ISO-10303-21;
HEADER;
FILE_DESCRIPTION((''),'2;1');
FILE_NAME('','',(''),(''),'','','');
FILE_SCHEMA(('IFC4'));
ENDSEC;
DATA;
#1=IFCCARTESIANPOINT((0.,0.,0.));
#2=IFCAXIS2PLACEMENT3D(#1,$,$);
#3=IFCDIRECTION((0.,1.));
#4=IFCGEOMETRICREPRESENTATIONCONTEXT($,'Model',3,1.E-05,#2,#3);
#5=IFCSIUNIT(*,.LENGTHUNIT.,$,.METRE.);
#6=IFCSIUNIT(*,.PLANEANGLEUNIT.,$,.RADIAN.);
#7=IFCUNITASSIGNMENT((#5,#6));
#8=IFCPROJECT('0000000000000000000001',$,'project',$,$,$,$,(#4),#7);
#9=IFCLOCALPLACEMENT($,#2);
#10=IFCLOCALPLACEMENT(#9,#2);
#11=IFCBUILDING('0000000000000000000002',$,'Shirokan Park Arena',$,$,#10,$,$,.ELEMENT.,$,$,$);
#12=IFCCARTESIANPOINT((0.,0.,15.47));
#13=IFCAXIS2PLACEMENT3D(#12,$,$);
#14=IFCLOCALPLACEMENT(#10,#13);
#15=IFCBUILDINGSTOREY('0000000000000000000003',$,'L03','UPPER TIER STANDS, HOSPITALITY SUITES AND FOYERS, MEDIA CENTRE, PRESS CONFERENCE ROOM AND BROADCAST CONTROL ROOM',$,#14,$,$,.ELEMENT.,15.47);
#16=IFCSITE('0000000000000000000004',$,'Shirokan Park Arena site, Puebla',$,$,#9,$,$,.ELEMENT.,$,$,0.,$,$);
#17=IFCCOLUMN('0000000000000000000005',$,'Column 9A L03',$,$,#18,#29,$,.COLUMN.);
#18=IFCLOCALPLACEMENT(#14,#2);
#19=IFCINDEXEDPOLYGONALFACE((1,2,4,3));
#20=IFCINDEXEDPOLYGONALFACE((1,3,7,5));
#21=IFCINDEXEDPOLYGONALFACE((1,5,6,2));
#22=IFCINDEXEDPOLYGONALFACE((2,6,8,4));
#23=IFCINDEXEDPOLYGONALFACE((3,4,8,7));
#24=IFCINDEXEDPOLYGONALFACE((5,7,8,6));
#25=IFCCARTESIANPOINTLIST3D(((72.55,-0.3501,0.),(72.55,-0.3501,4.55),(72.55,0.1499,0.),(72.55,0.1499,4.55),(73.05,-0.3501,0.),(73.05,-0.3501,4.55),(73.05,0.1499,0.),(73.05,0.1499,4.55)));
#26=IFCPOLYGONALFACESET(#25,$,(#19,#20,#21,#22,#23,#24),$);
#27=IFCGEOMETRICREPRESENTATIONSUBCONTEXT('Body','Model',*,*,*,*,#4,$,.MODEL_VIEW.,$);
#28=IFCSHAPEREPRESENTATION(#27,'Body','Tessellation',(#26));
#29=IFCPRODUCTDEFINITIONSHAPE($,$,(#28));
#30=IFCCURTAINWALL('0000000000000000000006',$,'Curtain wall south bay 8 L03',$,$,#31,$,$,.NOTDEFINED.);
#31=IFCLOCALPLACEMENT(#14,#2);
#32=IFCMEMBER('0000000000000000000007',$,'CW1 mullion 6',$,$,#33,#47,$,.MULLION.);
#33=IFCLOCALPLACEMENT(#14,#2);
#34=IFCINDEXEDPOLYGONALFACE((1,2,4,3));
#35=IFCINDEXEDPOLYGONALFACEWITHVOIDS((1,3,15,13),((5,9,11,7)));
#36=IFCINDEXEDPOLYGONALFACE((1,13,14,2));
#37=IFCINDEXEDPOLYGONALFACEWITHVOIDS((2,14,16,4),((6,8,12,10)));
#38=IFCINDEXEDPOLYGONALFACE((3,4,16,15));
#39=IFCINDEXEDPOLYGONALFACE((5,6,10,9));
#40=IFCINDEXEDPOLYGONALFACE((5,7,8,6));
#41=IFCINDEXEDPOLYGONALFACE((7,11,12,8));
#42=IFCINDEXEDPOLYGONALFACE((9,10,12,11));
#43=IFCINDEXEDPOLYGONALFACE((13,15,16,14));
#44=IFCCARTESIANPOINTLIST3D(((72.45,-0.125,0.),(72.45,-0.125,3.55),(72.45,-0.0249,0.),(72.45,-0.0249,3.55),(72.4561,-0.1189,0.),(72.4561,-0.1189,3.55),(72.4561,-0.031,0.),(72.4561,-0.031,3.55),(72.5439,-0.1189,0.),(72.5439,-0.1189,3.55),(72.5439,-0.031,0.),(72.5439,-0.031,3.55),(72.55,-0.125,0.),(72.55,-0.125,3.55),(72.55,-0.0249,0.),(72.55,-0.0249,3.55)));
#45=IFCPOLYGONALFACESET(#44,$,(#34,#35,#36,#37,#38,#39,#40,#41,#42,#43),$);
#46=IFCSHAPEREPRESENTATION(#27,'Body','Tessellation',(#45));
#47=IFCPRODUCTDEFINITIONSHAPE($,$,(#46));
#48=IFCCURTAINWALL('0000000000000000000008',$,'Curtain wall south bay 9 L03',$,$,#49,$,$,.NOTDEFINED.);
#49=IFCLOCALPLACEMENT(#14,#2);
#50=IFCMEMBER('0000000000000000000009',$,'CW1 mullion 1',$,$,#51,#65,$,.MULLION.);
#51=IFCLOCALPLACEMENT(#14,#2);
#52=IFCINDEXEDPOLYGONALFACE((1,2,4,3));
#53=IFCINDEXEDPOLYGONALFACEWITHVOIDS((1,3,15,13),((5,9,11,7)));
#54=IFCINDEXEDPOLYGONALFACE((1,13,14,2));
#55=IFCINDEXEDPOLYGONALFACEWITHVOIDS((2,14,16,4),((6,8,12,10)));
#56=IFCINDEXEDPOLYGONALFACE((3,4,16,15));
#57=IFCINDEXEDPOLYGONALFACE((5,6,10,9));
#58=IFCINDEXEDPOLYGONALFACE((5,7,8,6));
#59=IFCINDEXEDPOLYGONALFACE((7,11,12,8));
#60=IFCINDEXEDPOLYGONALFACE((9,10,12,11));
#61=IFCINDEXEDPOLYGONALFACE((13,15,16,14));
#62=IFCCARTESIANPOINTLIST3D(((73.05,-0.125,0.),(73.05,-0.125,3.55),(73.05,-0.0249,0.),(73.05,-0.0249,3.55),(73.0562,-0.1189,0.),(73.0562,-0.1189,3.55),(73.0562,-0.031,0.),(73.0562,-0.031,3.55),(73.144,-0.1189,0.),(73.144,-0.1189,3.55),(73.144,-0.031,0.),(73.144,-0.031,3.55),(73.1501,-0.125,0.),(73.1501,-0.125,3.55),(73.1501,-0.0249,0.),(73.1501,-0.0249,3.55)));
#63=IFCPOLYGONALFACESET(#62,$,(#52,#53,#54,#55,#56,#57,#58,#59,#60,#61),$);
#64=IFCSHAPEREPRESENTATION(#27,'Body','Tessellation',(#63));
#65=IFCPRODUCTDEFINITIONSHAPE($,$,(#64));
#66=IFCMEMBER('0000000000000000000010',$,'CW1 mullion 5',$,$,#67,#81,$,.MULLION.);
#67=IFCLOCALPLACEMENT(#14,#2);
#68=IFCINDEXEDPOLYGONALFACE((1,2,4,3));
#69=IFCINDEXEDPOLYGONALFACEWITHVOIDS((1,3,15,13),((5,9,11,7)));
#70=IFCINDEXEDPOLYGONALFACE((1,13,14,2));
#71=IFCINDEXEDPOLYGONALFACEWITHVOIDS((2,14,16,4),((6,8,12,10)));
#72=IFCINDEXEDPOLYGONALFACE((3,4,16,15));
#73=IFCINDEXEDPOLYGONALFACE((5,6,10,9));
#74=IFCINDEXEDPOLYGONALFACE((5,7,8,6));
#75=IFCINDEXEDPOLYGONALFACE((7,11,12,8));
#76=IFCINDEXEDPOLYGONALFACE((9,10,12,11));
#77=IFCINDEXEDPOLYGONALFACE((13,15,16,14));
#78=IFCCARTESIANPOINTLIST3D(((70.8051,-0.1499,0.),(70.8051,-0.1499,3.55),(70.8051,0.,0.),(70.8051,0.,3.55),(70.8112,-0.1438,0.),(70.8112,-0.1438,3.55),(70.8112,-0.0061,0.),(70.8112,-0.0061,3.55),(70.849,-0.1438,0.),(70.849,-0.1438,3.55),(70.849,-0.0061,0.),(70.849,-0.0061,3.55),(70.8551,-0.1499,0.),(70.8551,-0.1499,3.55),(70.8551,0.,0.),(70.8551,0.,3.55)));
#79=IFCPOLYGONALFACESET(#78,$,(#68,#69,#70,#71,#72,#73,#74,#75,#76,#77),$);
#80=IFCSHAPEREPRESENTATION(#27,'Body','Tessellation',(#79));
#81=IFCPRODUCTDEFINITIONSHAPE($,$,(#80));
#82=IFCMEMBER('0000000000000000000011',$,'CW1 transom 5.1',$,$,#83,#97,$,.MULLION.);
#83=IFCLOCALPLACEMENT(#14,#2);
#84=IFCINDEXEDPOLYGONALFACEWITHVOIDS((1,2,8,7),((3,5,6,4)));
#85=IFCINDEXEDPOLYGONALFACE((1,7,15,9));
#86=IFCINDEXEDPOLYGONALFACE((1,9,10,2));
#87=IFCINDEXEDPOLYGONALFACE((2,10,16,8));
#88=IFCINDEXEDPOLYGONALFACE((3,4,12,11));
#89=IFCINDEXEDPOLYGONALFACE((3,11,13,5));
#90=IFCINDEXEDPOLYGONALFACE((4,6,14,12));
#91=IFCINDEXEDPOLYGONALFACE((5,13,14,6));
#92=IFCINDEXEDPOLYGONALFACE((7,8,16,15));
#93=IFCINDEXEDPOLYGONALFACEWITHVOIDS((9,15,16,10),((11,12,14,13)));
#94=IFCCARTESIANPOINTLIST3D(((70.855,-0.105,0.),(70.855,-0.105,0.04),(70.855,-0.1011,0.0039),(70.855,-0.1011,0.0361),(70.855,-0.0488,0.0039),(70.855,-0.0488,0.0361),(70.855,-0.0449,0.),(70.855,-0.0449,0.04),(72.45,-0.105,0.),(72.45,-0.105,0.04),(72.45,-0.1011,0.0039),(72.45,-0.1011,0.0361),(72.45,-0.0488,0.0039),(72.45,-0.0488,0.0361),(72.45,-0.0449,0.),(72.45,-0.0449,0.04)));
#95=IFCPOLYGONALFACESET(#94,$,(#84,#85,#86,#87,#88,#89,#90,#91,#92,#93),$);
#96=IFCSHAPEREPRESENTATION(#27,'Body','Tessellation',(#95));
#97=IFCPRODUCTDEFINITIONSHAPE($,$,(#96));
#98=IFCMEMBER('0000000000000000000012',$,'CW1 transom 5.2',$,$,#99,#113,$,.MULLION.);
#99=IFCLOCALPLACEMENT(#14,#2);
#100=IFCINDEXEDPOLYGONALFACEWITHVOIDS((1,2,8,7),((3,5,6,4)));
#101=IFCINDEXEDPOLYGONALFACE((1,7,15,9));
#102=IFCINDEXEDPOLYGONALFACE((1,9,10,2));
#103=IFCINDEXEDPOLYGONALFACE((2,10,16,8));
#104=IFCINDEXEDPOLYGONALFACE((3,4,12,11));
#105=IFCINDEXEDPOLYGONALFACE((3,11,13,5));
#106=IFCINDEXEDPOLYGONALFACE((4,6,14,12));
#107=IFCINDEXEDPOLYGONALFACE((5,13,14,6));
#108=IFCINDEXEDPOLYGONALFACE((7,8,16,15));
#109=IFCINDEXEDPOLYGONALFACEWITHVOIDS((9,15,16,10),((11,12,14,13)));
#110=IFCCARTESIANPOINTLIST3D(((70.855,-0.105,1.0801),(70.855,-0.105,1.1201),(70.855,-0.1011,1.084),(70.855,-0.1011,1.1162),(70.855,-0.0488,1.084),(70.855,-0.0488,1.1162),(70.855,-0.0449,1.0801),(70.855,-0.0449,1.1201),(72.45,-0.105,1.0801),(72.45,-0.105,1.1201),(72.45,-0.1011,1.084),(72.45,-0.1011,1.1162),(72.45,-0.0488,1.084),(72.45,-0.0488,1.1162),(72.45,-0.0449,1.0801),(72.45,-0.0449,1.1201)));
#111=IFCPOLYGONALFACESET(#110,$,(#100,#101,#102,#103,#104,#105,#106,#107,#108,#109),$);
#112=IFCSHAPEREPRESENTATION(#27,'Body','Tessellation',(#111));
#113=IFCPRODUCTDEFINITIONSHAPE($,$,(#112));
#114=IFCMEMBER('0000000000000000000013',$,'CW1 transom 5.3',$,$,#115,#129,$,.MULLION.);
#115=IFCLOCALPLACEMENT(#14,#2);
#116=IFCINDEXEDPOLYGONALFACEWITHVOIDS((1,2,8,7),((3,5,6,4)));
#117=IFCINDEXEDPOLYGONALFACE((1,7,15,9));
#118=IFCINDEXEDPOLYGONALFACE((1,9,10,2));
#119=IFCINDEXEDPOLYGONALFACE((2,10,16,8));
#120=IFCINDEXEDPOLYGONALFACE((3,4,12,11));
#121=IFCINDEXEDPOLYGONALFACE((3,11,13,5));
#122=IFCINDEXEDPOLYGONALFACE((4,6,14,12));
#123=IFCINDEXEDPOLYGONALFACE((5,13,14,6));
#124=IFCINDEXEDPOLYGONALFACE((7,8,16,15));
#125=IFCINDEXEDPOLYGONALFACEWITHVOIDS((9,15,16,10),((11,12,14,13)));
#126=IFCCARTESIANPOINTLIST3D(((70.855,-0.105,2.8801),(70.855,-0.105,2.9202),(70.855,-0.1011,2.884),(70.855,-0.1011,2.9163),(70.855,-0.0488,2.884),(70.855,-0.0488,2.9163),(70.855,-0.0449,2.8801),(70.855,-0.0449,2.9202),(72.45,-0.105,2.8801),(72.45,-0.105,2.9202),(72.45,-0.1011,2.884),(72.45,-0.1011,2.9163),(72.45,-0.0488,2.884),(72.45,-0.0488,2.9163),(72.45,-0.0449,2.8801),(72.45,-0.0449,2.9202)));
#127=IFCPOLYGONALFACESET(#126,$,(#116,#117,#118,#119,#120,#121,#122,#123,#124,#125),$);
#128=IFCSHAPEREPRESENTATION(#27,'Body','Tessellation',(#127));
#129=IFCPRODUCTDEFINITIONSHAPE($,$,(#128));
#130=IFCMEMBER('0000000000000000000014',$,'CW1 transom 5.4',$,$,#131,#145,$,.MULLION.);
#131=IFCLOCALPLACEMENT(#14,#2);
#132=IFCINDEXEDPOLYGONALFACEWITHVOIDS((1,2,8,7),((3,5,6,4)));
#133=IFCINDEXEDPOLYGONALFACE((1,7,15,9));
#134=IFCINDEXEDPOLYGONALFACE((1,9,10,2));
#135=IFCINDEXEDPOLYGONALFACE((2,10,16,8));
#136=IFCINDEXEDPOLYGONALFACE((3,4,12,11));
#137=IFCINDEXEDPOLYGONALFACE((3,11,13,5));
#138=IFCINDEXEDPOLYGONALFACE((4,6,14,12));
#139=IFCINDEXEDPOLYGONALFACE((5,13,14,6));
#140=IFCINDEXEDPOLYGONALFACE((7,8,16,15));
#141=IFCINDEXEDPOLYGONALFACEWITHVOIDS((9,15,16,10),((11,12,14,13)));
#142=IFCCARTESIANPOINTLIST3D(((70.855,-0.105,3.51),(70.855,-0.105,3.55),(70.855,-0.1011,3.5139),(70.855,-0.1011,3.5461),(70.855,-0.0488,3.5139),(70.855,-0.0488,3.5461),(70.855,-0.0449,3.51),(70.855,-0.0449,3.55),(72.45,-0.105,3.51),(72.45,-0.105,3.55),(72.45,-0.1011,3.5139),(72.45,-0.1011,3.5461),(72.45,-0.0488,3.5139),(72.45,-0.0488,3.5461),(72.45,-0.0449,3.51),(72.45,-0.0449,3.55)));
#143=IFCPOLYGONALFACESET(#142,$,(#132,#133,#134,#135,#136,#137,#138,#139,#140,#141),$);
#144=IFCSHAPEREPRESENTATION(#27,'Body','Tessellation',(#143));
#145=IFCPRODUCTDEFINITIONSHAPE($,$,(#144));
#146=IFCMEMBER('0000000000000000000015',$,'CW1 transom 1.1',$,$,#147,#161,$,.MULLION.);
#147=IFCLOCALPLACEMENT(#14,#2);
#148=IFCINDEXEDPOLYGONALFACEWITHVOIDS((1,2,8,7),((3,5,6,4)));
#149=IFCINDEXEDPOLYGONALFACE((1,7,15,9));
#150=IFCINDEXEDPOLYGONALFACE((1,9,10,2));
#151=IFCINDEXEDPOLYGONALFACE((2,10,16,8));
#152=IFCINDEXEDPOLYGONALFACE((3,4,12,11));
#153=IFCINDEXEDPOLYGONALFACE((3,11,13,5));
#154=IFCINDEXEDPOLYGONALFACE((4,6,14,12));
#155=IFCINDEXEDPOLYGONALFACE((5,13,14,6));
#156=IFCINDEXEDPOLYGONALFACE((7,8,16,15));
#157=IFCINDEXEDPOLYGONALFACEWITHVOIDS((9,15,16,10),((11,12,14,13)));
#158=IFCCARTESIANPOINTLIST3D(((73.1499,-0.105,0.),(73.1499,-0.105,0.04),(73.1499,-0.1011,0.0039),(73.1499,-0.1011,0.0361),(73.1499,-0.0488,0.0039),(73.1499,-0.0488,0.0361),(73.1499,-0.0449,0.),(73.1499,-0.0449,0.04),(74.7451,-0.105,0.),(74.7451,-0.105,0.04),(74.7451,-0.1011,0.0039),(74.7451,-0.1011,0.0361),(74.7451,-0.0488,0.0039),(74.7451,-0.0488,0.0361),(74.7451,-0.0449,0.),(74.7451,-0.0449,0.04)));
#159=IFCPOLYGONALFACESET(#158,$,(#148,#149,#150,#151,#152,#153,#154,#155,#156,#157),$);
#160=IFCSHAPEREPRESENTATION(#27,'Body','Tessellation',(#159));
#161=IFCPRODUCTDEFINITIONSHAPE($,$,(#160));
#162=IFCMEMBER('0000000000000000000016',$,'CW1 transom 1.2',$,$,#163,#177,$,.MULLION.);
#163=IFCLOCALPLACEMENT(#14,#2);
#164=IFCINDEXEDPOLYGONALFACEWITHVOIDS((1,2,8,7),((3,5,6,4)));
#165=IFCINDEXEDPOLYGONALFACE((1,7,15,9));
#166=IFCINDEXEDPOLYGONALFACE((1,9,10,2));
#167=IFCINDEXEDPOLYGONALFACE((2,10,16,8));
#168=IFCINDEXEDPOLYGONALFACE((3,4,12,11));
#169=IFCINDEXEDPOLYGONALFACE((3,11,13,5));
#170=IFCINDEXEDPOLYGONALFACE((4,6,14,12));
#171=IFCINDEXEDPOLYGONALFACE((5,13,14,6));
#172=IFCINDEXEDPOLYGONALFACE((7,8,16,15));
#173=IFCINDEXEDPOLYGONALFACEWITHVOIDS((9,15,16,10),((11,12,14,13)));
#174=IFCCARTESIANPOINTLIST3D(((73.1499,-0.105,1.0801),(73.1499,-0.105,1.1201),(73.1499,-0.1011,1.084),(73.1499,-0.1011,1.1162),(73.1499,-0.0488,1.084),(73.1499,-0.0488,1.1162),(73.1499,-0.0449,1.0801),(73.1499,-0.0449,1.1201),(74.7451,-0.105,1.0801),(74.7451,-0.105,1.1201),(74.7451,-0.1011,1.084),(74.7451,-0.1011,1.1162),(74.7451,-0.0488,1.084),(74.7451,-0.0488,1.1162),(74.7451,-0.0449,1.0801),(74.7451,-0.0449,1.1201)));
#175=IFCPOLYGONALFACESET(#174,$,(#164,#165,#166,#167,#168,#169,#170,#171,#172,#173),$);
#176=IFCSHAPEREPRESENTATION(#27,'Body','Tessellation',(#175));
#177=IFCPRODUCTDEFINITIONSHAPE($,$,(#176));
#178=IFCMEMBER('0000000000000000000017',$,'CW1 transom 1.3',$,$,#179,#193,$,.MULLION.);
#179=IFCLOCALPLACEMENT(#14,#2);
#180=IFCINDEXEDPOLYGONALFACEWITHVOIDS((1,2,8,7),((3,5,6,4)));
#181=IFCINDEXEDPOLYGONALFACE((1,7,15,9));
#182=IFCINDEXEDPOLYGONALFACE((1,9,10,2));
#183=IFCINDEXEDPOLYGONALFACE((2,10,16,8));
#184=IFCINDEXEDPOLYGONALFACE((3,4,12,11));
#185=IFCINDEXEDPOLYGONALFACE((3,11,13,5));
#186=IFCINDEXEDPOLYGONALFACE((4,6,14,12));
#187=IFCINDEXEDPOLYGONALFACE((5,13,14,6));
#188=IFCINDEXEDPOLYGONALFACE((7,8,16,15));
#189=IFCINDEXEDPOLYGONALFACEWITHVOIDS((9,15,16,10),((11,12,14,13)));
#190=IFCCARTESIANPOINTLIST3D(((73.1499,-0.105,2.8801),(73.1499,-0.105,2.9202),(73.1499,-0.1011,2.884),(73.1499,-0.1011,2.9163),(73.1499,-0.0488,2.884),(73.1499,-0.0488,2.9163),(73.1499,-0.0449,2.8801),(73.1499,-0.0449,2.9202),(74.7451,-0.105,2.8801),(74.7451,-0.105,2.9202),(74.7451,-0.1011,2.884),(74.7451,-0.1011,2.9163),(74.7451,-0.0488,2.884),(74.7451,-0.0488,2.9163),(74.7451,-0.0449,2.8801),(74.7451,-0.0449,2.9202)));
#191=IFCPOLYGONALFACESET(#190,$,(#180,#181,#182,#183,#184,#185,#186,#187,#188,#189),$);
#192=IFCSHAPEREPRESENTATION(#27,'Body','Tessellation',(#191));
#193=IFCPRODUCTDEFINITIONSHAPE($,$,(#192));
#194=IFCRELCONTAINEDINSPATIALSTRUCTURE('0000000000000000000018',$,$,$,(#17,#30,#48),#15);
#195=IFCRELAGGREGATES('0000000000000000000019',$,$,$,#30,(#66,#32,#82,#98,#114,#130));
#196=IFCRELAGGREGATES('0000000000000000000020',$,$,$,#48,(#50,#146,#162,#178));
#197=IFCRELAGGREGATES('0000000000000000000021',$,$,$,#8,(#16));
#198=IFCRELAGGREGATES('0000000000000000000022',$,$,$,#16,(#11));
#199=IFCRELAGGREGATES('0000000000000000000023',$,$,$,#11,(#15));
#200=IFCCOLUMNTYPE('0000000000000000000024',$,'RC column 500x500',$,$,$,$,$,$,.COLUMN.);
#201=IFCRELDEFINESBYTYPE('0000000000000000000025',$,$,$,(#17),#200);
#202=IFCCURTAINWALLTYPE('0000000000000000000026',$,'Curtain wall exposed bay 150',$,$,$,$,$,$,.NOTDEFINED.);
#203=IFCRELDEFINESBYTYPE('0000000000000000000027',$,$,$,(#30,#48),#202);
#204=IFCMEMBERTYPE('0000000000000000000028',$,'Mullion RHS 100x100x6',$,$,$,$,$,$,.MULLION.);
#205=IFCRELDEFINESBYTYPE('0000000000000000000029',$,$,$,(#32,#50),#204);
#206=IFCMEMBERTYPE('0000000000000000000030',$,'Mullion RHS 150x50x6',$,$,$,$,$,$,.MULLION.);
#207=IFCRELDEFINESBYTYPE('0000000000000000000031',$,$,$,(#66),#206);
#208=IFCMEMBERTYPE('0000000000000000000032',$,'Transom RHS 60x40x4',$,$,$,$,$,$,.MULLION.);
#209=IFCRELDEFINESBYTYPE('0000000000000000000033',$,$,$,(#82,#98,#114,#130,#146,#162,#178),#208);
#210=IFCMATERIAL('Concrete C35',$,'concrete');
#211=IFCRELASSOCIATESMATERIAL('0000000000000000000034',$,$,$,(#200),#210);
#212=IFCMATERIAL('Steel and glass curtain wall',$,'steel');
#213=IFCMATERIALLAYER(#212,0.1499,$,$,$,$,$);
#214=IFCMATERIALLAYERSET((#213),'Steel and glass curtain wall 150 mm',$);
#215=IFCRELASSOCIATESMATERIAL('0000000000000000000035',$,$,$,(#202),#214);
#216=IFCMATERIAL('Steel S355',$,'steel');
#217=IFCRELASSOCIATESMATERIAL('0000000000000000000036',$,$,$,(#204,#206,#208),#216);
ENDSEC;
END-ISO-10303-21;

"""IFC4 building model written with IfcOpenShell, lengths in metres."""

from ifc_helpers import new_model, si_unit, direction, frame, origin, origin_2d, place, context, subcontext, project, spatial, rectangle, hollow_rectangle, extrude, material, layer, layer_set, material_profile, profile_set, type_object, element, aggregate, save


model = new_model("IFC4")

# Units and contexts
model_context = context("Model", 3, precision=1e-05, world=origin(), true_north=direction((0.0, 1.0)))
body_context = subcontext(model_context, "Body", "Model", "MODEL_VIEW")
ifc_project = project(units=[si_unit("LENGTHUNIT", "METRE"), si_unit("PLANEANGLEUNIT", "RADIAN")], contexts=[model_context])

# Site, building, storey
site_placement = place(None, origin())
site = spatial("IfcSite", under=ifc_project, at=site_placement, Name="Shirokan Park Arena site, Puebla", CompositionType="ELEMENT", RefElevation=0.0)
building_placement = place(site_placement, origin())
building = spatial("IfcBuilding", under=site, at=building_placement, Name="Shirokan Park Arena", CompositionType="ELEMENT")
storey_placement = place(building_placement, frame((0.0, 0.0, 15.47)))
storey = spatial("IfcBuildingStorey", under=building, at=storey_placement, Name="L03", Description="UPPER TIER STANDS, HOSPITALITY SUITES AND FOYERS, MEDIA CENTRE, PRESS CONFERENCE ROOM AND BROADCAST CONTROL ROOM", CompositionType="ELEMENT", Elevation=15.47)

# Column
ifc_material_1 = material(Name="Concrete C35", Category="concrete")
ifc_material_profile_1 = material_profile(ifc_material_1, rectangle(XDim=0.5, YDim=0.5, at=origin_2d()), Name="500x500")
ifc_profile_set_1 = profile_set([ifc_material_profile_1], Name="Concrete C35")
column_type = type_object("IfcColumnType", Name="RC column 500x500", PredefinedType="COLUMN", material=ifc_profile_set_1)
column_placement = place(storey_placement, frame((72.8, -0.1001, 0.0), z_axis=(0.0, 0.0, 1.0), x_axis=(1.0, 0.0, 0.0)))
element("IfcColumn", 1, at=column_placement, inside=storey, type_object=column_type, Name="Column 9A L03", PredefinedType="COLUMN", context=body_context, shape_type="SweptSolid", body=[
    extrude(rectangle(XDim=0.5, YDim=0.5, at=origin_2d()), origin(), (0.0, 0.0, 1.0), 4.55),
])

# Curtain walls, members
ifc_material_2 = material(Name="Steel and glass curtain wall", Category="steel")
ifc_layer_1 = layer(ifc_material_2, 0.1499)
ifc_layer_set_1 = layer_set([ifc_layer_1], Name="Steel and glass curtain wall 150 mm")
curtain_wall_type = type_object("IfcCurtainWallType", Name="Curtain wall exposed bay 150", PredefinedType="NOTDEFINED", material=ifc_layer_set_1)
curtain_wall_1_placement = place(storey_placement, origin())
curtain_wall_1 = element("IfcCurtainWall", 2, at=curtain_wall_1_placement, inside=storey, type_object=curtain_wall_type, Name="Curtain wall south bay 8 L03", PredefinedType="NOTDEFINED")
ifc_material_3 = material(Name="Steel S355", Category="steel")
ifc_material_profile_2 = material_profile(ifc_material_3, hollow_rectangle(XDim=0.1001, YDim=0.1001, WallThickness=0.0061, at=origin_2d()), Name="RHS 100x100x6")
ifc_profile_set_2 = profile_set([ifc_material_profile_2], Name="Steel S355")
member_type_1 = type_object("IfcMemberType", Name="Mullion RHS 100x100x6", PredefinedType="MULLION", material=ifc_profile_set_2)
member_1_placement = place(storey_placement, frame((72.5, -0.075, 0.0), z_axis=(0.0, 0.0, 1.0), x_axis=(0.0, 1.0, 0.0)))
member_1 = element("IfcMember", 3, at=member_1_placement, type_object=member_type_1, Name="CW1 mullion 6", PredefinedType="MULLION", context=body_context, shape_type="SweptSolid", body=[
    extrude(hollow_rectangle(XDim=0.1001, YDim=0.1001, WallThickness=0.0061, at=origin_2d()), origin(), (0.0, 0.0, 1.0), 3.55),
])
curtain_wall_2_placement = place(storey_placement, origin())
curtain_wall_2 = element("IfcCurtainWall", 4, at=curtain_wall_2_placement, inside=storey, type_object=curtain_wall_type, Name="Curtain wall south bay 9 L03", PredefinedType="NOTDEFINED")
member_2_placement = place(storey_placement, frame((73.1001, -0.075, 0.0), z_axis=(0.0, 0.0, 1.0), x_axis=(0.0, 1.0, 0.0)))
member_2 = element("IfcMember", 5, at=member_2_placement, type_object=member_type_1, Name="CW1 mullion 1", PredefinedType="MULLION", context=body_context, shape_type="SweptSolid", body=[
    extrude(hollow_rectangle(XDim=0.1001, YDim=0.1001, WallThickness=0.0061, at=origin_2d()), origin(), (0.0, 0.0, 1.0), 3.55),
])

# Members
ifc_material_profile_3 = material_profile(ifc_material_3, hollow_rectangle(XDim=0.1499, YDim=0.05, WallThickness=0.0061, at=origin_2d()), Name="RHS 150x50x6")
ifc_profile_set_3 = profile_set([ifc_material_profile_3], Name="Steel S355")
member_type_2 = type_object("IfcMemberType", Name="Mullion RHS 150x50x6", PredefinedType="MULLION", material=ifc_profile_set_3)
member_3_placement = place(storey_placement, frame((70.8301, -0.075, 0.0), z_axis=(0.0, 0.0, 1.0), x_axis=(0.0, 1.0, 0.0)))
member_3 = element("IfcMember", 6, at=member_3_placement, type_object=member_type_2, Name="CW1 mullion 5", PredefinedType="MULLION", context=body_context, shape_type="SweptSolid", body=[
    extrude(hollow_rectangle(XDim=0.1499, YDim=0.05, WallThickness=0.0061, at=origin_2d()), origin(), (0.0, 0.0, 1.0), 3.55),
])
ifc_material_profile_4 = material_profile(ifc_material_3, hollow_rectangle(XDim=0.0601, YDim=0.04, WallThickness=0.0039, at=origin_2d()), Name="RHS 60x40x4")
ifc_profile_set_4 = profile_set([ifc_material_profile_4], Name="Steel S355")
member_type_3 = type_object("IfcMemberType", Name="Transom RHS 60x40x4", PredefinedType="MULLION", material=ifc_profile_set_4)
member_4_placement = place(storey_placement, frame((70.855, -0.075, 0.02), z_axis=(1.0, 0.0, 0.0), x_axis=(0.0, 1.0, 0.0)))
member_4 = element("IfcMember", 7, at=member_4_placement, type_object=member_type_3, Name="CW1 transom 5.1", PredefinedType="MULLION", context=body_context, shape_type="SweptSolid", body=[
    extrude(hollow_rectangle(XDim=0.0601, YDim=0.04, WallThickness=0.0039, at=origin_2d()), origin(), (0.0, 0.0, 1.0), 1.595),
])
member_5_placement = place(storey_placement, frame((70.855, -0.075, 1.1001), z_axis=(1.0, 0.0, 0.0), x_axis=(0.0, 1.0, 0.0)))
member_5 = element("IfcMember", 8, at=member_5_placement, type_object=member_type_3, Name="CW1 transom 5.2", PredefinedType="MULLION", context=body_context, shape_type="SweptSolid", body=[
    extrude(hollow_rectangle(XDim=0.0601, YDim=0.04, WallThickness=0.0039, at=origin_2d()), origin(), (0.0, 0.0, 1.0), 1.595),
])
member_6_placement = place(storey_placement, frame((70.855, -0.075, 2.9001), z_axis=(1.0, 0.0, 0.0), x_axis=(0.0, 1.0, 0.0)))
member_6 = element("IfcMember", 9, at=member_6_placement, type_object=member_type_3, Name="CW1 transom 5.3", PredefinedType="MULLION", context=body_context, shape_type="SweptSolid", body=[
    extrude(hollow_rectangle(XDim=0.0601, YDim=0.04, WallThickness=0.0039, at=origin_2d()), origin(), (0.0, 0.0, 1.0), 1.595),
])
member_7_placement = place(storey_placement, frame((70.855, -0.075, 3.53), z_axis=(1.0, 0.0, 0.0), x_axis=(0.0, 1.0, 0.0)))
member_7 = element("IfcMember", 10, at=member_7_placement, type_object=member_type_3, Name="CW1 transom 5.4", PredefinedType="MULLION", context=body_context, shape_type="SweptSolid", body=[
    extrude(hollow_rectangle(XDim=0.0601, YDim=0.04, WallThickness=0.0039, at=origin_2d()), origin(), (0.0, 0.0, 1.0), 1.595),
])
member_8_placement = place(storey_placement, frame((73.1499, -0.075, 0.02), z_axis=(1.0, 0.0, 0.0), x_axis=(0.0, 1.0, 0.0)))
member_8 = element("IfcMember", 11, at=member_8_placement, type_object=member_type_3, Name="CW1 transom 1.1", PredefinedType="MULLION", context=body_context, shape_type="SweptSolid", body=[
    extrude(hollow_rectangle(XDim=0.0601, YDim=0.04, WallThickness=0.0039, at=origin_2d()), origin(), (0.0, 0.0, 1.0), 1.5952),
])
member_9_placement = place(storey_placement, frame((73.1499, -0.075, 1.1001), z_axis=(1.0, 0.0, 0.0), x_axis=(0.0, 1.0, 0.0)))
member_9 = element("IfcMember", 12, at=member_9_placement, type_object=member_type_3, Name="CW1 transom 1.2", PredefinedType="MULLION", context=body_context, shape_type="SweptSolid", body=[
    extrude(hollow_rectangle(XDim=0.0601, YDim=0.04, WallThickness=0.0039, at=origin_2d()), origin(), (0.0, 0.0, 1.0), 1.5952),
])
member_10_placement = place(storey_placement, frame((73.1499, -0.075, 2.9001), z_axis=(1.0, 0.0, 0.0), x_axis=(0.0, 1.0, 0.0)))
member_10 = element("IfcMember", 13, at=member_10_placement, type_object=member_type_3, Name="CW1 transom 1.3", PredefinedType="MULLION", context=body_context, shape_type="SweptSolid", body=[
    extrude(hollow_rectangle(XDim=0.0601, YDim=0.04, WallThickness=0.0039, at=origin_2d()), origin(), (0.0, 0.0, 1.0), 1.5952),
])

aggregate(curtain_wall_1, [member_3, member_1, member_4, member_5, member_6, member_7])
aggregate(curtain_wall_2, [member_2, member_8, member_9, member_10])

save(model, "model.ifc")
